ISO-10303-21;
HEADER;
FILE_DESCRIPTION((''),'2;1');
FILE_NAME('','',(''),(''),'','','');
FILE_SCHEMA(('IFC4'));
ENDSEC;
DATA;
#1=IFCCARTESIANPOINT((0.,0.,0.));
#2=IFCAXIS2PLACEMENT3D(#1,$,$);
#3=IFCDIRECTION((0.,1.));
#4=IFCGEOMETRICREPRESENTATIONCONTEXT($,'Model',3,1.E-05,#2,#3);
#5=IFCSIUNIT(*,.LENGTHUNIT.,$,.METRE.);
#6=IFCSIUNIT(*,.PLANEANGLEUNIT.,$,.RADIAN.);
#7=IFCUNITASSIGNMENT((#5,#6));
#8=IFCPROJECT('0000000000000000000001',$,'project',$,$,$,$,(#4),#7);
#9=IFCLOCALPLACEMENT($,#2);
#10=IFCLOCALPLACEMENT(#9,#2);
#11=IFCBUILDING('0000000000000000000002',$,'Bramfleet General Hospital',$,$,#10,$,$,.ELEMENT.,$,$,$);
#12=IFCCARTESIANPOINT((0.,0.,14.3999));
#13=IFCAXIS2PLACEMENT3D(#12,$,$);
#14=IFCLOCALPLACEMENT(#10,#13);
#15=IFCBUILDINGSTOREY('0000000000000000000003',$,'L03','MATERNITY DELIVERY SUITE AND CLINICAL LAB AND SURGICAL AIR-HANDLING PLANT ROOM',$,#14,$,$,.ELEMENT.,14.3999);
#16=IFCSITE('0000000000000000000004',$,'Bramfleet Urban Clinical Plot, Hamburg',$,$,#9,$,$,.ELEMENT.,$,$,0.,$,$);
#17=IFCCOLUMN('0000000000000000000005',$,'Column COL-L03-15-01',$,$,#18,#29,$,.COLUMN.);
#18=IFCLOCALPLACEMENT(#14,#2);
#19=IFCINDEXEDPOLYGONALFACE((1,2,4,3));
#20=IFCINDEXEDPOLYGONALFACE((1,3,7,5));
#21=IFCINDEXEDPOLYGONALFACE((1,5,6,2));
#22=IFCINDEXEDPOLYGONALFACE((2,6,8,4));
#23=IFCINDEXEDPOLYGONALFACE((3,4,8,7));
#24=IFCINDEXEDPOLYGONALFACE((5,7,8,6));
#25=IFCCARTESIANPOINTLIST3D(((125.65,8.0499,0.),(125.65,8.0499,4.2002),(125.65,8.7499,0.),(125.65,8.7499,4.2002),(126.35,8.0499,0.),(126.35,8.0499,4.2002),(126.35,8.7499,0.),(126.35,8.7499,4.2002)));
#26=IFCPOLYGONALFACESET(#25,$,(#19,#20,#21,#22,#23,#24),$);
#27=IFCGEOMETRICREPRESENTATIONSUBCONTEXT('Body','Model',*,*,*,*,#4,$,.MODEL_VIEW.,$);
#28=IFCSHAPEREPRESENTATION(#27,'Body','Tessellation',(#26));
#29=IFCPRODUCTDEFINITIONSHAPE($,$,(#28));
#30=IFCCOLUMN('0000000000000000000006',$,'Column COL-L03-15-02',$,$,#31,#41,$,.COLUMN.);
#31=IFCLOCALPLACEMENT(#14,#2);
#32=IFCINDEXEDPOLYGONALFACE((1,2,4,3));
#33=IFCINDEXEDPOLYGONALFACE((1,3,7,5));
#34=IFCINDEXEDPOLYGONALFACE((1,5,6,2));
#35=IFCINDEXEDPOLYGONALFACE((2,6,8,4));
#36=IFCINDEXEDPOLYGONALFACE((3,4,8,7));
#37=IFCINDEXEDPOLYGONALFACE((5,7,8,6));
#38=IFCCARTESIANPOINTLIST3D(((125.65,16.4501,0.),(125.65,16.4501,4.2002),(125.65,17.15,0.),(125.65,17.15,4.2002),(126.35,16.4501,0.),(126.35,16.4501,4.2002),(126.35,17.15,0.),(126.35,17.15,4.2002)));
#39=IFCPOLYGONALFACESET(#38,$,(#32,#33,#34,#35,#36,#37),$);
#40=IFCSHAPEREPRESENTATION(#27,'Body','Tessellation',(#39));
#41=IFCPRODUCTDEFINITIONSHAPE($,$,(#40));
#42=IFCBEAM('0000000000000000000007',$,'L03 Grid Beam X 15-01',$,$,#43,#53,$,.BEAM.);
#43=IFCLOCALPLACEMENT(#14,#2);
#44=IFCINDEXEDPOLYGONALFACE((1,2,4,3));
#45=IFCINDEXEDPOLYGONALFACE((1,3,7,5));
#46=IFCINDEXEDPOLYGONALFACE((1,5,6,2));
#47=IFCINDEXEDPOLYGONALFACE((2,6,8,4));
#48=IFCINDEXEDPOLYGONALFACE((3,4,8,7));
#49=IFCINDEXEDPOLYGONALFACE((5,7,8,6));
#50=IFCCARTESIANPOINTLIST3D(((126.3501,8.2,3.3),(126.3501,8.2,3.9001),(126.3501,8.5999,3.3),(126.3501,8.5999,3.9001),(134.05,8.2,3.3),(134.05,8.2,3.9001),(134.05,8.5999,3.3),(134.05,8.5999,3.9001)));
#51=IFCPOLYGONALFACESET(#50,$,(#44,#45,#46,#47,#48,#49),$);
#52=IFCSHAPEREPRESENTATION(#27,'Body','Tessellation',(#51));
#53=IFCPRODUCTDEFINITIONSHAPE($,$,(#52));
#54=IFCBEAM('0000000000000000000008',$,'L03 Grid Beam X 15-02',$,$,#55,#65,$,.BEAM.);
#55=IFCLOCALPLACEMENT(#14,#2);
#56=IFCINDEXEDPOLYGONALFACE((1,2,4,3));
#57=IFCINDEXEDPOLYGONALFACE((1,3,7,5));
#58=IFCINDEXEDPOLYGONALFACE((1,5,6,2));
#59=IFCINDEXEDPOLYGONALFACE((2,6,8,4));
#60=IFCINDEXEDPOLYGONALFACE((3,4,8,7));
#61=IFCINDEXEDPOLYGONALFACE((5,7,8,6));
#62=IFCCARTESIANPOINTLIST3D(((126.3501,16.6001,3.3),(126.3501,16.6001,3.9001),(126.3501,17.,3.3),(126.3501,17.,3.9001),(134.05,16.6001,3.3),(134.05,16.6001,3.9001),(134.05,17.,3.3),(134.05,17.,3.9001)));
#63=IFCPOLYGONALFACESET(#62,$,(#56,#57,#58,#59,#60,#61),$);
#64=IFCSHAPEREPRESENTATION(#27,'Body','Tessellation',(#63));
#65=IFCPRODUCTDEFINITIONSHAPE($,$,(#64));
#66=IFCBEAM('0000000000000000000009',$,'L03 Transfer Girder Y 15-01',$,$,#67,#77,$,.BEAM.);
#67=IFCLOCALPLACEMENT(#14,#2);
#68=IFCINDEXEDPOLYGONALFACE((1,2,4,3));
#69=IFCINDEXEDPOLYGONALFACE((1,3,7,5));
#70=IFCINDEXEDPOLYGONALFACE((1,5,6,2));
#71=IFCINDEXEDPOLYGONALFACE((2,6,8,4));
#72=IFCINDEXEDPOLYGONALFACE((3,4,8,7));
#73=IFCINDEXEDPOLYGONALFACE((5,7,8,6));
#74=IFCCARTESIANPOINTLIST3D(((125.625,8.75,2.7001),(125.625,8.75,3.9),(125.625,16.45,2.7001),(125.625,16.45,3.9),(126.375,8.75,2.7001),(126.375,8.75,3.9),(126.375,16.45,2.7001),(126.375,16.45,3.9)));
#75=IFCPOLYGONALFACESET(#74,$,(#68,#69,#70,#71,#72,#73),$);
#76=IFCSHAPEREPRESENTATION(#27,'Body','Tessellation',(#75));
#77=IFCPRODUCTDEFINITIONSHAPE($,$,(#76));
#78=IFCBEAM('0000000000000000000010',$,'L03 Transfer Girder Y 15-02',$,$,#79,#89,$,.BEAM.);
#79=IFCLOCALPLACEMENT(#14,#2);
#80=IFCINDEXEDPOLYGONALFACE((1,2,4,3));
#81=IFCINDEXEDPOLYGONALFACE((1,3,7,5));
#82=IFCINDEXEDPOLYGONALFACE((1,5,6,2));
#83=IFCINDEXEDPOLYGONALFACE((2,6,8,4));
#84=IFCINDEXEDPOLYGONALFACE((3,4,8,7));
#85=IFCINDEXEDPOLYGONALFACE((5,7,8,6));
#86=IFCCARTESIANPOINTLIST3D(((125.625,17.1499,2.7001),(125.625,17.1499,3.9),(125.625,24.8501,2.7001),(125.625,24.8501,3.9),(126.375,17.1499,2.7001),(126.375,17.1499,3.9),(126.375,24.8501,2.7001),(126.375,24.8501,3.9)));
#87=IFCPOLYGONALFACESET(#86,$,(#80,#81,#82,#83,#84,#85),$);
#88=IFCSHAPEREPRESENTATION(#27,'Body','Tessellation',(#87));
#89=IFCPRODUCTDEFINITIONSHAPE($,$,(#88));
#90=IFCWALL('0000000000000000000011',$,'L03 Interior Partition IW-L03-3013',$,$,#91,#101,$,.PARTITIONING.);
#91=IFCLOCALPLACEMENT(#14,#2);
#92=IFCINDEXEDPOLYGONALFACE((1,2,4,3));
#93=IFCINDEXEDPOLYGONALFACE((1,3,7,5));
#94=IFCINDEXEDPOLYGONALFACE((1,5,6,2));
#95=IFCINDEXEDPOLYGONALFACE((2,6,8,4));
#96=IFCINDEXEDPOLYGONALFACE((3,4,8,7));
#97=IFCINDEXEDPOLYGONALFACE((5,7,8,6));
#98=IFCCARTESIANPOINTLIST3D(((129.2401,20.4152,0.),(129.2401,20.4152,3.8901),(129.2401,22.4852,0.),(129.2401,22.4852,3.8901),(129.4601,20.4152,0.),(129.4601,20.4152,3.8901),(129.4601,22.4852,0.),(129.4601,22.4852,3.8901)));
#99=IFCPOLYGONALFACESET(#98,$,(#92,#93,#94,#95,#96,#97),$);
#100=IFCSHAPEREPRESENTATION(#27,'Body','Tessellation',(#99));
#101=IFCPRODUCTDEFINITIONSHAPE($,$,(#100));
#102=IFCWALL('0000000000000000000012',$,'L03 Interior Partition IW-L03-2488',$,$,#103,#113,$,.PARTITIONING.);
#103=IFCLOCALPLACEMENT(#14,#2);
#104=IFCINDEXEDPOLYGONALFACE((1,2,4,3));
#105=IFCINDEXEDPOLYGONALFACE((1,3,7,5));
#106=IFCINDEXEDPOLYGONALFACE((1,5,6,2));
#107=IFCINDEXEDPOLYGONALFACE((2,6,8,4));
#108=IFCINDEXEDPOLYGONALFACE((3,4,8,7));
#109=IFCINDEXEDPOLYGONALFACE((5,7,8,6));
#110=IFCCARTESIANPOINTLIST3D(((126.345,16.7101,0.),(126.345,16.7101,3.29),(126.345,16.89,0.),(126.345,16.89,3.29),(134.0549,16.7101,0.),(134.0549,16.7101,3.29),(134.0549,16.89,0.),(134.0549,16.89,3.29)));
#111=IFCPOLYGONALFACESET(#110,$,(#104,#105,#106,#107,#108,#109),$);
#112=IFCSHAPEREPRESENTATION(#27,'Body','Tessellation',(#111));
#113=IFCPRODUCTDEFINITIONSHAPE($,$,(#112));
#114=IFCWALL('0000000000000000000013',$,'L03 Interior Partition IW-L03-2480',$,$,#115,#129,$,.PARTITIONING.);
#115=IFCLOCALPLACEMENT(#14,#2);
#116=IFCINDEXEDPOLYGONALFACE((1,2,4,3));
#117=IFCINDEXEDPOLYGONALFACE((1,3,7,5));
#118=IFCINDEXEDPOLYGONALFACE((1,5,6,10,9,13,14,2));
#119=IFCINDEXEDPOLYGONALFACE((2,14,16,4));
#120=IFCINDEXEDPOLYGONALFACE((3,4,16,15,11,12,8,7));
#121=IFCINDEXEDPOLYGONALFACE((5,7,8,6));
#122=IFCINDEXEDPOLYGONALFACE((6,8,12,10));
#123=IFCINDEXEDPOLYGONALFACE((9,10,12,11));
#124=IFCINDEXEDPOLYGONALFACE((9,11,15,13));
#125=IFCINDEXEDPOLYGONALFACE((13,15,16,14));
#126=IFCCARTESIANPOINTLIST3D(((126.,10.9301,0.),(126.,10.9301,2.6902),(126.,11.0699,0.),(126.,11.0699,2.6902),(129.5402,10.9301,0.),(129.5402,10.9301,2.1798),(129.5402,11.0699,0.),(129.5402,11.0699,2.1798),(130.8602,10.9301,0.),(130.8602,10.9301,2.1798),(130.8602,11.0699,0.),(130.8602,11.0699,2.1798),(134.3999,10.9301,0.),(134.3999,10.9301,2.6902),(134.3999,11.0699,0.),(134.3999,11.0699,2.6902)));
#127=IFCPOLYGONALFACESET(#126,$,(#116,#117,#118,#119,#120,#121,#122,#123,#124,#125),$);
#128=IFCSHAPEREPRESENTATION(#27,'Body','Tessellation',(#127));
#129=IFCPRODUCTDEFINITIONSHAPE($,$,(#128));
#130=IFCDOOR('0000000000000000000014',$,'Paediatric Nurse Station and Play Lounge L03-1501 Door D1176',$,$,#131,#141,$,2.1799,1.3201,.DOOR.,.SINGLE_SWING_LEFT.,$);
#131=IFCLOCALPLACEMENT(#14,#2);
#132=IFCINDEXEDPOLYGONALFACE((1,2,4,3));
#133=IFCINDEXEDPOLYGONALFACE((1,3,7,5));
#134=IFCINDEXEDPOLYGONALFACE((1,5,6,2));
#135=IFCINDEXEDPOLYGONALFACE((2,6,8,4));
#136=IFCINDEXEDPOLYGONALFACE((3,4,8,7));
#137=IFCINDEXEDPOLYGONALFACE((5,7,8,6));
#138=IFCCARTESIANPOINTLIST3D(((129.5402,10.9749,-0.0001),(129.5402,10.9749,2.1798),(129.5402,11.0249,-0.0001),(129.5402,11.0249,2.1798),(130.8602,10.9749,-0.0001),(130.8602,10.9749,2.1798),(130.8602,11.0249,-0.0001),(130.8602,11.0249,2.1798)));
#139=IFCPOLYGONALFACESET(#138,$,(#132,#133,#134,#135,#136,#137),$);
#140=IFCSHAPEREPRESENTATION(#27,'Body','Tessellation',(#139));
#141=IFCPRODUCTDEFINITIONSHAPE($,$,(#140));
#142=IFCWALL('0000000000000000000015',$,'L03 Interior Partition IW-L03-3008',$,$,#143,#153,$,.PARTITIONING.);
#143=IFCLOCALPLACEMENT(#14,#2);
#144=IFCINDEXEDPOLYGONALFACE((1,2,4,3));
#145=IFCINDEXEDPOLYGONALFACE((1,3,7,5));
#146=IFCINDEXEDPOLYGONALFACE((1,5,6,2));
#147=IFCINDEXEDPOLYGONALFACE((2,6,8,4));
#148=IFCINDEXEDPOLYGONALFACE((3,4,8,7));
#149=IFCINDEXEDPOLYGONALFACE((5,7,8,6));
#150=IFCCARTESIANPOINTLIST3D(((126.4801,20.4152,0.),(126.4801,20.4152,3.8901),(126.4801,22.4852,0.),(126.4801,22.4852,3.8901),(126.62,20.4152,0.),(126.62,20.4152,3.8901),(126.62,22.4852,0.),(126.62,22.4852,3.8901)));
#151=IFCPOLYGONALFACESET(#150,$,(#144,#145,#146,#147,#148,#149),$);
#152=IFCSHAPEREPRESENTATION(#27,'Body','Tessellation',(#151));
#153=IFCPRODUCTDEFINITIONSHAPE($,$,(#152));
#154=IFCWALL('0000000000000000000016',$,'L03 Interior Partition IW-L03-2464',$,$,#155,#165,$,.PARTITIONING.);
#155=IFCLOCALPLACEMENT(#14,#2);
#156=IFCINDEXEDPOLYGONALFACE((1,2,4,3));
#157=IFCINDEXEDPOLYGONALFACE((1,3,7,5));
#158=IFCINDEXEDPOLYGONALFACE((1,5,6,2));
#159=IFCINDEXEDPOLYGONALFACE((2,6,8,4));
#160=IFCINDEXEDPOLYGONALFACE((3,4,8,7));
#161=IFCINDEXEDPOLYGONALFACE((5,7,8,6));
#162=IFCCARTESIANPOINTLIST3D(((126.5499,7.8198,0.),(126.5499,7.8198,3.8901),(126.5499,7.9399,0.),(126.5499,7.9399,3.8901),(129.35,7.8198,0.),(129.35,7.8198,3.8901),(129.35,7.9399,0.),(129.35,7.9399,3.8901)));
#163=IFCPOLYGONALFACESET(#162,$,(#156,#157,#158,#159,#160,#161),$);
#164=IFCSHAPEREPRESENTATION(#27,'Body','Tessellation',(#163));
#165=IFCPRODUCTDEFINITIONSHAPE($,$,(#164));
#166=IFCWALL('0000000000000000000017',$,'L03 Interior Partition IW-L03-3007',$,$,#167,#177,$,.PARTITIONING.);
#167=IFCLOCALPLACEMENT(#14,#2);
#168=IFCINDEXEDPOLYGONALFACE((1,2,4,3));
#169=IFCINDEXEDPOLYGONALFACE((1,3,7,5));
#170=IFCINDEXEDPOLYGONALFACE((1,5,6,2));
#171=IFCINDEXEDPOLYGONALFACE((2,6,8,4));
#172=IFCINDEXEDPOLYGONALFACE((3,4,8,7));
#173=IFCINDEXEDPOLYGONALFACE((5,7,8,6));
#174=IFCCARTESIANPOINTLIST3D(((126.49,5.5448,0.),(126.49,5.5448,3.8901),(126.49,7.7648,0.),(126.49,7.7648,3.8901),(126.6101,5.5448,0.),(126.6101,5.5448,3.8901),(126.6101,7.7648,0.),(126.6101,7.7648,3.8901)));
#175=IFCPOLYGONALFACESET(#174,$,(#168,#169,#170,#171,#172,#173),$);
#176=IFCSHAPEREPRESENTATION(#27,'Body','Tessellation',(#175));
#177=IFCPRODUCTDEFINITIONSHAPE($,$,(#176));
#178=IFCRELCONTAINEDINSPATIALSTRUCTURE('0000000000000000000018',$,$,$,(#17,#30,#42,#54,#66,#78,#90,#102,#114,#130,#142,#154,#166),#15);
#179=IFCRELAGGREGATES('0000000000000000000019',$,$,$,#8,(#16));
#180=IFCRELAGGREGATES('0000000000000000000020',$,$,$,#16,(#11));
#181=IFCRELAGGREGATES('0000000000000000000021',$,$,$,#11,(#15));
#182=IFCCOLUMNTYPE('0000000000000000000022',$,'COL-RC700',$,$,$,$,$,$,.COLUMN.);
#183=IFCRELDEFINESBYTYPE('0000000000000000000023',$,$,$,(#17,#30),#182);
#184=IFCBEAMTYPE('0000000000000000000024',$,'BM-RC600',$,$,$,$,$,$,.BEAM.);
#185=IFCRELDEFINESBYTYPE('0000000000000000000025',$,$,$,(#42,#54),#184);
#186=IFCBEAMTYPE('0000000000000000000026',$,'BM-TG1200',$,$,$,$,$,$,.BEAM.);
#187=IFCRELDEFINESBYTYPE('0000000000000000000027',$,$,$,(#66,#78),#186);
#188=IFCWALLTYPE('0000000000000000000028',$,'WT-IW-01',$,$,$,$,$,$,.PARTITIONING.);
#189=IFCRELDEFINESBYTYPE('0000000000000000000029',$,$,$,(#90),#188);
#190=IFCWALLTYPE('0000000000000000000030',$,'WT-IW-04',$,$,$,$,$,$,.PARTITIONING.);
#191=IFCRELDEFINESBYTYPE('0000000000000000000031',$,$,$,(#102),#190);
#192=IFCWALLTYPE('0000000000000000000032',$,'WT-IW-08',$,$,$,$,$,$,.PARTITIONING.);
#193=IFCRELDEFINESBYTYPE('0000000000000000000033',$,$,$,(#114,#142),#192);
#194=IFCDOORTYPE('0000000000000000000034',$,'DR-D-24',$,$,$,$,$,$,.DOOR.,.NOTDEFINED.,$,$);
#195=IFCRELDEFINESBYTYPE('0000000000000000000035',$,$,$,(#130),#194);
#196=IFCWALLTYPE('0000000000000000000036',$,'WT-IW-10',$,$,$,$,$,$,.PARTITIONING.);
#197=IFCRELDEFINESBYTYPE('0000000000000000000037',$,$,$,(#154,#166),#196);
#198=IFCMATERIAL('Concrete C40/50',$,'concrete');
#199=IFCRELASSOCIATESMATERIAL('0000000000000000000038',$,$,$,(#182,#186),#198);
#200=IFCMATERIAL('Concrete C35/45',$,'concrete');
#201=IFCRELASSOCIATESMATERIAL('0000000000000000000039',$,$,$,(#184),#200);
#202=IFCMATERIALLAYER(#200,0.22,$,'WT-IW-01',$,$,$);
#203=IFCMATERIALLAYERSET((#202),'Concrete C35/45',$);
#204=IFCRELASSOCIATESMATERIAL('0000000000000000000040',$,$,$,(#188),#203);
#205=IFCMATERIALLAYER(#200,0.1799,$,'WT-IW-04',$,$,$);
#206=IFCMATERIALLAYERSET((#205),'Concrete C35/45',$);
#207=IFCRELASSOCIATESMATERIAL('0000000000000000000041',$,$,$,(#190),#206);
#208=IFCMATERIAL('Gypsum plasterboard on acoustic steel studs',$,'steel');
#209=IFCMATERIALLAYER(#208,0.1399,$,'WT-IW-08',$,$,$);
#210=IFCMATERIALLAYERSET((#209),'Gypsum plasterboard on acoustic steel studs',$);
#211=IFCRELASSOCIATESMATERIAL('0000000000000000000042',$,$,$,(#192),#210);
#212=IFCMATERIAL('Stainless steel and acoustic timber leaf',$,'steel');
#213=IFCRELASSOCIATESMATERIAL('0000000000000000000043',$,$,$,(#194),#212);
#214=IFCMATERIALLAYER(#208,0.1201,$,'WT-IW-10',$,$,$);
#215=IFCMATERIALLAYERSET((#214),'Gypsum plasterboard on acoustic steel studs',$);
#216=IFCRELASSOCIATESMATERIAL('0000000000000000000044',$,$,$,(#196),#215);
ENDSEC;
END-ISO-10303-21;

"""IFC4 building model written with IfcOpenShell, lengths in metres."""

from ifc_helpers import new_model, si_unit, direction, frame, frame_2d, origin, origin_2d, place, context, subcontext, project, spatial, rectangle, extrude, material, layer, layer_set, material_profile, profile_set, type_object, element, fill, save


model = new_model("IFC4")

# Units and contexts
model_context = context("Model", 3, precision=1e-05, world=origin(), true_north=direction((0.0, 1.0)))
body_context = subcontext(model_context, "Body", "Model", "MODEL_VIEW")
ifc_project = project(units=[si_unit("LENGTHUNIT", "METRE"), si_unit("PLANEANGLEUNIT", "RADIAN")], contexts=[model_context])

# Site, building, storey
site_placement = place(None, origin())
site = spatial("IfcSite", under=ifc_project, at=site_placement, Name="Bramfleet Urban Clinical Plot, Hamburg", CompositionType="ELEMENT", RefElevation=0.0)
building_placement = place(site_placement, origin())
building = spatial("IfcBuilding", under=site, at=building_placement, Name="Bramfleet General Hospital", CompositionType="ELEMENT")
storey_placement = place(building_placement, frame((0.0, 0.0, 14.3999)))
storey = spatial("IfcBuildingStorey", under=building, at=storey_placement, Name="L03", Description="MATERNITY DELIVERY SUITE AND CLINICAL LAB AND SURGICAL AIR-HANDLING PLANT ROOM", CompositionType="ELEMENT", Elevation=14.3999)

# Columns
ifc_material_1 = material(Name="Concrete C40/50", Category="concrete")
ifc_material_profile_1 = material_profile(ifc_material_1, rectangle(XDim=0.7, YDim=0.7, at=origin_2d()), Name="RC COL 700x700")
ifc_profile_set_1 = profile_set([ifc_material_profile_1], Name="Concrete C40/50")
column_type = type_object("IfcColumnType", Name="COL-RC700", PredefinedType="COLUMN", material=ifc_profile_set_1)
for number, where, z_axis, x_axis, name in (
    (1, (126.0, 8.3999, 0.0), (0.0, 0.0, 1.0), (1.0, 0.0, 0.0), "Column COL-L03-15-01"),
    (2, (126.0, 16.8, 0.0), (0.0, 0.0, 1.0), (1.0, 0.0, 0.0), "Column COL-L03-15-02"),
):
    element("IfcColumn", number, at=place(storey_placement, frame(where, z_axis=z_axis, x_axis=x_axis)), inside=storey, type_object=column_type, Name=name, PredefinedType="COLUMN", context=body_context, shape_type="SweptSolid", body=[
        extrude(rectangle(XDim=0.7, YDim=0.7, at=origin_2d()), origin(), (0.0, 0.0, 1.0), 4.2002),
    ])

# Beams
ifc_material_2 = material(Name="Concrete C35/45", Category="concrete")
ifc_material_profile_2 = material_profile(ifc_material_2, rectangle(XDim=0.3999, YDim=0.6001, at=origin_2d()), Name="RC BM 600x400")
ifc_profile_set_2 = profile_set([ifc_material_profile_2], Name="Concrete C35/45")
beam_type_1 = type_object("IfcBeamType", Name="BM-RC600", PredefinedType="BEAM", material=ifc_profile_set_2)
for number, where, z_axis, x_axis, name in (
    (3, (126.3501, 8.3999, 3.6001), (1.0, 0.0, 0.0), (0.0, 1.0, 0.0), "L03 Grid Beam X 15-01"),
    (4, (126.3501, 16.8, 3.6001), (1.0, 0.0, 0.0), (0.0, 1.0, 0.0), "L03 Grid Beam X 15-02"),
):
    element("IfcBeam", number, at=place(storey_placement, frame(where, z_axis=z_axis, x_axis=x_axis)), inside=storey, type_object=beam_type_1, Name=name, PredefinedType="BEAM", context=body_context, shape_type="SweptSolid", body=[
        extrude(rectangle(XDim=0.3999, YDim=0.6001, at=origin_2d()), origin(), (0.0, 0.0, 1.0), 7.7),
    ])
ifc_material_profile_3 = material_profile(ifc_material_1, rectangle(XDim=0.75, YDim=1.2, at=origin_2d()), Name="RC TG 1200x750")
ifc_profile_set_3 = profile_set([ifc_material_profile_3], Name="Concrete C40/50")
beam_type_2 = type_object("IfcBeamType", Name="BM-TG1200", PredefinedType="BEAM", material=ifc_profile_set_3)
beam_1_placement = place(storey_placement, frame((126.0, 8.75, 3.3), z_axis=(0.0, 1.0, 0.0), x_axis=(-1.0, 0.0, 0.0)))
element("IfcBeam", 5, at=beam_1_placement, inside=storey, type_object=beam_type_2, Name="L03 Transfer Girder Y 15-01", PredefinedType="BEAM", context=body_context, shape_type="SweptSolid", body=[
    extrude(rectangle(XDim=0.75, YDim=1.2, at=origin_2d()), origin(), (0.0, 0.0, 1.0), 7.7),
])
beam_2_placement = place(storey_placement, frame((126.0, 17.1499, 3.3), z_axis=(0.0, 1.0, 0.0), x_axis=(-1.0, 0.0, 0.0)))
element("IfcBeam", 6, at=beam_2_placement, inside=storey, type_object=beam_type_2, Name="L03 Transfer Girder Y 15-02", PredefinedType="BEAM", context=body_context, shape_type="SweptSolid", body=[
    extrude(rectangle(XDim=0.75, YDim=1.2, at=origin_2d()), origin(), (0.0, 0.0, 1.0), 7.7002),
])

# Walls
ifc_layer_1 = layer(ifc_material_2, 0.22, Name="WT-IW-01")
ifc_layer_set_1 = layer_set([ifc_layer_1], Name="Concrete C35/45")
wall_type_1 = type_object("IfcWallType", Name="WT-IW-01", PredefinedType="PARTITIONING", material=ifc_layer_set_1)
wall_1_placement = place(storey_placement, frame((129.3501, 20.415, 0.0), z_axis=(0.0, 0.0, 1.0), x_axis=(0.0, 1.0, 0.0)))
element("IfcWall", 7, at=wall_1_placement, inside=storey, type_object=wall_type_1, Name="L03 Interior Partition IW-L03-3013", PredefinedType="PARTITIONING", context=body_context, shape_type="SweptSolid", body=[
    extrude(rectangle(XDim=2.0701, YDim=0.22, at=frame_2d((1.0352, 0.0))), origin(), (0.0, 0.0, 1.0), 3.8901),
])
ifc_layer_2 = layer(ifc_material_2, 0.1799, Name="WT-IW-04")
ifc_layer_set_2 = layer_set([ifc_layer_2], Name="Concrete C35/45")
wall_type_2 = type_object("IfcWallType", Name="WT-IW-04", PredefinedType="PARTITIONING", material=ifc_layer_set_2)
wall_2_placement = place(storey_placement, frame((126.345, 16.8, 0.0), z_axis=(0.0, 0.0, 1.0), x_axis=(1.0, 0.0, 0.0)))
element("IfcWall", 8, at=wall_2_placement, inside=storey, type_object=wall_type_2, Name="L03 Interior Partition IW-L03-2488", PredefinedType="PARTITIONING", context=body_context, shape_type="SweptSolid", body=[
    extrude(rectangle(XDim=7.71, YDim=0.1799, at=frame_2d((3.855, 0.0))), origin(), (0.0, 0.0, 1.0), 3.29),
])

# Wall, opening, door
ifc_material_3 = material(Name="Gypsum plasterboard on acoustic steel studs", Category="steel")
ifc_layer_3 = layer(ifc_material_3, 0.1399, Name="WT-IW-08")
ifc_layer_set_3 = layer_set([ifc_layer_3], Name="Gypsum plasterboard on acoustic steel studs")
wall_type_3 = type_object("IfcWallType", Name="WT-IW-08", PredefinedType="PARTITIONING", material=ifc_layer_set_3)
wall_3_placement = place(storey_placement, frame((126.0, 11.0, 0.0), z_axis=(0.0, 0.0, 1.0), x_axis=(1.0, 0.0, 0.0)))
wall_3 = element("IfcWall", 9, at=wall_3_placement, inside=storey, type_object=wall_type_3, Name="L03 Interior Partition IW-L03-2480", PredefinedType="PARTITIONING", context=body_context, shape_type="SweptSolid", body=[
    extrude(rectangle(XDim=8.3999, YDim=0.1399, at=frame_2d((4.2, 0.0))), origin(), (0.0, 0.0, 1.0), 2.6902),
])
opening_1_placement = place(wall_3_placement, frame((3.54, 0.0, 0.0)))
opening_1 = element("IfcOpeningElement", 10, at=opening_1_placement, cuts=wall_3, PredefinedType="OPENING", context=body_context, shape_type="SweptSolid", body=[
    extrude(rectangle(XDim=1.3201, YDim=2.1799, at=frame_2d((0.6602, 1.0898))), frame((0.0, 0.0798, 0.0), z_axis=(0.0, -1.0, 0.0), x_axis=(1.0, 0.0, 0.0)), (0.0, 0.0, 1.0), 0.1599),
])
ifc_material_4 = material(Name="Stainless steel and acoustic timber leaf", Category="steel")
door_type_1 = type_object("IfcDoorType", Name="DR-D-24", OperationType="NOTDEFINED", PredefinedType="DOOR", material=ifc_material_4)
door_1_placement = place(opening_1_placement, origin())
door_1 = element("IfcDoor", 11, at=door_1_placement, inside=storey, type_object=door_type_1, Name="Paediatric Nurse Station and Play Lounge L03-1501 Door D1176", OperationType="SINGLE_SWING_LEFT", OverallHeight=2.1799, OverallWidth=1.3201, PredefinedType="DOOR", context=body_context, shape_type="SweptSolid", body=[
    extrude(rectangle(XDim=1.3201, YDim=2.1799, at=frame_2d((0.6602, 1.0898))), frame((0.0, 0.0249, 0.0), z_axis=(0.0, -1.0, 0.0), x_axis=(1.0, 0.0, 0.0)), (0.0, 0.0, 1.0), 0.05),
])
fill(opening_1, door_1)

# Walls
wall_4_placement = place(storey_placement, frame((126.55, 20.415, 0.0), z_axis=(0.0, 0.0, 1.0), x_axis=(0.0, 1.0, 0.0)))
element("IfcWall", 12, at=wall_4_placement, inside=storey, type_object=wall_type_3, Name="L03 Interior Partition IW-L03-3008", PredefinedType="PARTITIONING", context=body_context, shape_type="SweptSolid", body=[
    extrude(rectangle(XDim=2.0701, YDim=0.1399, at=frame_2d((1.0352, 0.0))), origin(), (0.0, 0.0, 1.0), 3.8901),
])
ifc_layer_4 = layer(ifc_material_3, 0.1201, Name="WT-IW-10")
ifc_layer_set_4 = layer_set([ifc_layer_4], Name="Gypsum plasterboard on acoustic steel studs")
wall_type_4 = type_object("IfcWallType", Name="WT-IW-10", PredefinedType="PARTITIONING", material=ifc_layer_set_4)
wall_5_placement = place(storey_placement, frame((126.55, 7.8799, 0.0), z_axis=(0.0, 0.0, 1.0), x_axis=(1.0, 0.0, 0.0)))
element("IfcWall", 13, at=wall_5_placement, inside=storey, type_object=wall_type_4, Name="L03 Interior Partition IW-L03-2464", PredefinedType="PARTITIONING", context=body_context, shape_type="SweptSolid", body=[
    extrude(rectangle(XDim=2.8, YDim=0.1201, at=frame_2d((1.3999, 0.0))), origin(), (0.0, 0.0, 1.0), 3.8901),
])
for number, where, z_axis, x_axis, name in (
    (14, (126.55, 5.5449, 0.0), (0.0, 0.0, 1.0), (0.0, 1.0, 0.0), "L03 Interior Partition IW-L03-3007"),
):
    element("IfcWall", number, at=place(storey_placement, frame(where, z_axis=z_axis, x_axis=x_axis)), inside=storey, type_object=wall_type_4, Name=name, PredefinedType="PARTITIONING", context=body_context, shape_type="SweptSolid", body=[
        extrude(rectangle(XDim=2.22, YDim=0.1201, at=frame_2d((1.1099, 0.0))), origin(), (0.0, 0.0, 1.0), 3.8901),
    ])

save(model, "model.ifc")
